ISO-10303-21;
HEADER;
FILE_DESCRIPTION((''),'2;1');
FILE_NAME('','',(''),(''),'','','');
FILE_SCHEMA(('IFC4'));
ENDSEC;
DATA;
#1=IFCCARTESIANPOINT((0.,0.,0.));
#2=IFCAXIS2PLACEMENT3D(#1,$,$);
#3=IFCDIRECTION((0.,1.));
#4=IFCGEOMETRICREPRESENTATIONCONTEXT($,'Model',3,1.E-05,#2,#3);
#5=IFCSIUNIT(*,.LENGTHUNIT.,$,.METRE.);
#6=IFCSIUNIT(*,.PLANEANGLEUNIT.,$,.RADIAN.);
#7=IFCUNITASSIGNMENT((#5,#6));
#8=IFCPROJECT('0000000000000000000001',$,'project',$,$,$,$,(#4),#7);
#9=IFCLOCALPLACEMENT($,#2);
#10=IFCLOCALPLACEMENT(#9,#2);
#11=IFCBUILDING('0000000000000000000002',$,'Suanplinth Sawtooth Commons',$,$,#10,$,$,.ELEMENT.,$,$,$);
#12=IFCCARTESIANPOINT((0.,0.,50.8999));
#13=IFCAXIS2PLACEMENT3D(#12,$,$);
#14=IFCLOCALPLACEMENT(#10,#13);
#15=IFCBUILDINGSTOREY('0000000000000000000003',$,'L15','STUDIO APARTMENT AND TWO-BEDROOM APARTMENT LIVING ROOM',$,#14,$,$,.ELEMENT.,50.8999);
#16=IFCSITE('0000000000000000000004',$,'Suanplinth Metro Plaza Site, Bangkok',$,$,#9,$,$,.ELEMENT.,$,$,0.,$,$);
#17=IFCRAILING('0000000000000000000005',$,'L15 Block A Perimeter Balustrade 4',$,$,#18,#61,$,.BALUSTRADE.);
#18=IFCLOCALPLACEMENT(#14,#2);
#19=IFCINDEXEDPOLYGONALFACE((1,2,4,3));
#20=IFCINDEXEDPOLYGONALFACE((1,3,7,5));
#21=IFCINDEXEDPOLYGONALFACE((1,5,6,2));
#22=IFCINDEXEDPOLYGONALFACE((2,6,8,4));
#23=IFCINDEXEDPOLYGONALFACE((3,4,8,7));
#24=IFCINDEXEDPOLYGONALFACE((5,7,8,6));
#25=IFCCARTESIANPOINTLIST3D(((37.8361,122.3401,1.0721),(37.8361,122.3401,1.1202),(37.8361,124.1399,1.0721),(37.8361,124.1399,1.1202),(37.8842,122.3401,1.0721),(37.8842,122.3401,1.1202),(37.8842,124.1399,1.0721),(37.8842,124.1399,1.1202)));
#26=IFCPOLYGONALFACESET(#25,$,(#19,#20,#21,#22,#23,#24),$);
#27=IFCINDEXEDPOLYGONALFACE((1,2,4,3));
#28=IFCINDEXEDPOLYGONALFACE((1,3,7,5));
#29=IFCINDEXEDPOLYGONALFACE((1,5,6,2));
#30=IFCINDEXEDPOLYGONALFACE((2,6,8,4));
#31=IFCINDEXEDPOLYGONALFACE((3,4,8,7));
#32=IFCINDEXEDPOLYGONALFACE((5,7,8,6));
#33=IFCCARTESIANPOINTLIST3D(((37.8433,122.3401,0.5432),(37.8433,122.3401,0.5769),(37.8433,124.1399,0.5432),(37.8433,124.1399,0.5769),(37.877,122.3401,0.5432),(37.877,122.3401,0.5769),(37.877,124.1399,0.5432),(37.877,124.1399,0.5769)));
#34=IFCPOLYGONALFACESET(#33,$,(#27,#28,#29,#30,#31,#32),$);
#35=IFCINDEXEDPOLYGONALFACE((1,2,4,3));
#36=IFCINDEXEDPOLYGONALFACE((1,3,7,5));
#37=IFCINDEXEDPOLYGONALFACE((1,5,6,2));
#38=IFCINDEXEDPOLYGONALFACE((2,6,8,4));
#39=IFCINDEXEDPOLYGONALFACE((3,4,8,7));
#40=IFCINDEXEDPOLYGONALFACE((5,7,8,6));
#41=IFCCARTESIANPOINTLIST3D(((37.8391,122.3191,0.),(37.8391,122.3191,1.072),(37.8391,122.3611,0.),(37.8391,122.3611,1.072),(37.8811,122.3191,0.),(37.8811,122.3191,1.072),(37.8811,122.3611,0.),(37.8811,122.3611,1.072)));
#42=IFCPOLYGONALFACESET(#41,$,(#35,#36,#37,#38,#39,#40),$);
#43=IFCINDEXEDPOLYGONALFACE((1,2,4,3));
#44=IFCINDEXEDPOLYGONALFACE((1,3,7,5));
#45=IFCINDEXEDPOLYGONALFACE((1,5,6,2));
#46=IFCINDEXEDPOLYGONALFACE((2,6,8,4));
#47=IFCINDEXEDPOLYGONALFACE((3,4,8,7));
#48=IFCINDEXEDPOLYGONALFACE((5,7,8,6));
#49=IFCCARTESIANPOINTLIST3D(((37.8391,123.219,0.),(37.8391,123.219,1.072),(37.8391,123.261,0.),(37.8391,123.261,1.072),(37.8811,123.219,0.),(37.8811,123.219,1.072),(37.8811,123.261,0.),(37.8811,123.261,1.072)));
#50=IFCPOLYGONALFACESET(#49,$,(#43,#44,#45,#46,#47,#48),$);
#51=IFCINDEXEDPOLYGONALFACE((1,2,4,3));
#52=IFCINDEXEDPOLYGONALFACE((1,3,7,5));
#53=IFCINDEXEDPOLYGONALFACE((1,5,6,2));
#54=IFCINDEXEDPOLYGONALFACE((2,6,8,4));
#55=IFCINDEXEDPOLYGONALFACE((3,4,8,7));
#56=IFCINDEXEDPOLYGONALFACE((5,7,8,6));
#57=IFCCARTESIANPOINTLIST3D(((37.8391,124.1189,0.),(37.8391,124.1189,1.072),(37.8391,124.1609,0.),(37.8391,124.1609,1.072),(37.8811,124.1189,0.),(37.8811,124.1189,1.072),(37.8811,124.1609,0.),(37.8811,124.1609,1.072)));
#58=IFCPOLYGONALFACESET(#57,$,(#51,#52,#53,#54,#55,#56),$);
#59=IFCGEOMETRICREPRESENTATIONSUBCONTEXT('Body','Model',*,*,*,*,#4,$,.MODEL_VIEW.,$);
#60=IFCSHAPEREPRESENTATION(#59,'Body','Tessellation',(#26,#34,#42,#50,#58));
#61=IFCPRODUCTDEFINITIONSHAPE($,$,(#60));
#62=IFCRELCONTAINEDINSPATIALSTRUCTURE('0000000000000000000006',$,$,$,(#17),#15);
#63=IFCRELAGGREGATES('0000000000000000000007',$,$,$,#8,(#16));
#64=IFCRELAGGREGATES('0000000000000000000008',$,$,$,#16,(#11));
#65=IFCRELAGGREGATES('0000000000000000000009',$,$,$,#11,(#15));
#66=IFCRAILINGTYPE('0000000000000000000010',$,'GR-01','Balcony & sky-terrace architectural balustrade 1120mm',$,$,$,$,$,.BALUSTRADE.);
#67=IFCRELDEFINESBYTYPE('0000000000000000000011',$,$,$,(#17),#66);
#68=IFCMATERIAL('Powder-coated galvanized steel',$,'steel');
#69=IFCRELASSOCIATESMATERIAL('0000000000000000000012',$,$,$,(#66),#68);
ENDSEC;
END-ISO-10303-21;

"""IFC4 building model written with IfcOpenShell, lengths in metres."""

from ifc_helpers import new_model, si_unit, direction, frame, origin, origin_2d, place, context, subcontext, project, spatial, rectangle, extrude, material, type_object, element, save


model = new_model("IFC4")

# Units and contexts
model_context = context("Model", 3, precision=1e-05, world=origin(), true_north=direction((0.0, 1.0)))
body_context = subcontext(model_context, "Body", "Model", "MODEL_VIEW")
ifc_project = project(units=[si_unit("LENGTHUNIT", "METRE"), si_unit("PLANEANGLEUNIT", "RADIAN")], contexts=[model_context])

# Site, building, storey
site_placement = place(None, origin())
site = spatial("IfcSite", under=ifc_project, at=site_placement, Name="Suanplinth Metro Plaza Site, Bangkok", CompositionType="ELEMENT", RefElevation=0.0)
building_placement = place(site_placement, origin())
building = spatial("IfcBuilding", under=site, at=building_placement, Name="Suanplinth Sawtooth Commons", CompositionType="ELEMENT")
storey_placement = place(building_placement, frame((0.0, 0.0, 50.8999)))
storey = spatial("IfcBuildingStorey", under=building, at=storey_placement, Name="L15", Description="STUDIO APARTMENT AND TWO-BEDROOM APARTMENT LIVING ROOM", CompositionType="ELEMENT", Elevation=50.8999)

# Railing
ifc_material_1 = material(Name="Powder-coated galvanized steel", Category="steel")
railing_type = type_object("IfcRailingType", Name="GR-01", Description="Balcony & sky-terrace architectural balustrade 1120mm", PredefinedType="BALUSTRADE", material=ifc_material_1)
railing_1_placement = place(storey_placement, frame((37.8601, 122.3401, 0.0)))
element("IfcRailing", 1, at=railing_1_placement, inside=storey, type_object=railing_type, Name="L15 Block A Perimeter Balustrade 4", PredefinedType="BALUSTRADE", context=body_context, shape_type="SweptSolid", body=[
    extrude(rectangle(XDim=0.0481, YDim=0.0481, at=origin_2d()), frame((0.0, 0.0, 1.0962), z_axis=(0.0, 1.0, 0.0), x_axis=(-1.0, 0.0, 0.0)), (0.0, 0.0, 1.0), 1.7998),
    extrude(rectangle(XDim=0.0337, YDim=0.0337, at=origin_2d()), frame((0.0, 0.0, 0.5601), z_axis=(0.0, 1.0, 0.0), x_axis=(-1.0, 0.0, 0.0)), (0.0, 0.0, 1.0), 1.7998),
    extrude(rectangle(XDim=0.042, YDim=0.042, at=origin_2d()), origin(), (0.0, 0.0, 1.0), 1.072),
    extrude(rectangle(XDim=0.042, YDim=0.042, at=origin_2d()), frame((0.0, 0.8999, 0.0)), (0.0, 0.0, 1.0), 1.072),
    extrude(rectangle(XDim=0.042, YDim=0.042, at=origin_2d()), frame((0.0, 1.7998, 0.0)), (0.0, 0.0, 1.0), 1.072),
])

save(model, "model.ifc")
